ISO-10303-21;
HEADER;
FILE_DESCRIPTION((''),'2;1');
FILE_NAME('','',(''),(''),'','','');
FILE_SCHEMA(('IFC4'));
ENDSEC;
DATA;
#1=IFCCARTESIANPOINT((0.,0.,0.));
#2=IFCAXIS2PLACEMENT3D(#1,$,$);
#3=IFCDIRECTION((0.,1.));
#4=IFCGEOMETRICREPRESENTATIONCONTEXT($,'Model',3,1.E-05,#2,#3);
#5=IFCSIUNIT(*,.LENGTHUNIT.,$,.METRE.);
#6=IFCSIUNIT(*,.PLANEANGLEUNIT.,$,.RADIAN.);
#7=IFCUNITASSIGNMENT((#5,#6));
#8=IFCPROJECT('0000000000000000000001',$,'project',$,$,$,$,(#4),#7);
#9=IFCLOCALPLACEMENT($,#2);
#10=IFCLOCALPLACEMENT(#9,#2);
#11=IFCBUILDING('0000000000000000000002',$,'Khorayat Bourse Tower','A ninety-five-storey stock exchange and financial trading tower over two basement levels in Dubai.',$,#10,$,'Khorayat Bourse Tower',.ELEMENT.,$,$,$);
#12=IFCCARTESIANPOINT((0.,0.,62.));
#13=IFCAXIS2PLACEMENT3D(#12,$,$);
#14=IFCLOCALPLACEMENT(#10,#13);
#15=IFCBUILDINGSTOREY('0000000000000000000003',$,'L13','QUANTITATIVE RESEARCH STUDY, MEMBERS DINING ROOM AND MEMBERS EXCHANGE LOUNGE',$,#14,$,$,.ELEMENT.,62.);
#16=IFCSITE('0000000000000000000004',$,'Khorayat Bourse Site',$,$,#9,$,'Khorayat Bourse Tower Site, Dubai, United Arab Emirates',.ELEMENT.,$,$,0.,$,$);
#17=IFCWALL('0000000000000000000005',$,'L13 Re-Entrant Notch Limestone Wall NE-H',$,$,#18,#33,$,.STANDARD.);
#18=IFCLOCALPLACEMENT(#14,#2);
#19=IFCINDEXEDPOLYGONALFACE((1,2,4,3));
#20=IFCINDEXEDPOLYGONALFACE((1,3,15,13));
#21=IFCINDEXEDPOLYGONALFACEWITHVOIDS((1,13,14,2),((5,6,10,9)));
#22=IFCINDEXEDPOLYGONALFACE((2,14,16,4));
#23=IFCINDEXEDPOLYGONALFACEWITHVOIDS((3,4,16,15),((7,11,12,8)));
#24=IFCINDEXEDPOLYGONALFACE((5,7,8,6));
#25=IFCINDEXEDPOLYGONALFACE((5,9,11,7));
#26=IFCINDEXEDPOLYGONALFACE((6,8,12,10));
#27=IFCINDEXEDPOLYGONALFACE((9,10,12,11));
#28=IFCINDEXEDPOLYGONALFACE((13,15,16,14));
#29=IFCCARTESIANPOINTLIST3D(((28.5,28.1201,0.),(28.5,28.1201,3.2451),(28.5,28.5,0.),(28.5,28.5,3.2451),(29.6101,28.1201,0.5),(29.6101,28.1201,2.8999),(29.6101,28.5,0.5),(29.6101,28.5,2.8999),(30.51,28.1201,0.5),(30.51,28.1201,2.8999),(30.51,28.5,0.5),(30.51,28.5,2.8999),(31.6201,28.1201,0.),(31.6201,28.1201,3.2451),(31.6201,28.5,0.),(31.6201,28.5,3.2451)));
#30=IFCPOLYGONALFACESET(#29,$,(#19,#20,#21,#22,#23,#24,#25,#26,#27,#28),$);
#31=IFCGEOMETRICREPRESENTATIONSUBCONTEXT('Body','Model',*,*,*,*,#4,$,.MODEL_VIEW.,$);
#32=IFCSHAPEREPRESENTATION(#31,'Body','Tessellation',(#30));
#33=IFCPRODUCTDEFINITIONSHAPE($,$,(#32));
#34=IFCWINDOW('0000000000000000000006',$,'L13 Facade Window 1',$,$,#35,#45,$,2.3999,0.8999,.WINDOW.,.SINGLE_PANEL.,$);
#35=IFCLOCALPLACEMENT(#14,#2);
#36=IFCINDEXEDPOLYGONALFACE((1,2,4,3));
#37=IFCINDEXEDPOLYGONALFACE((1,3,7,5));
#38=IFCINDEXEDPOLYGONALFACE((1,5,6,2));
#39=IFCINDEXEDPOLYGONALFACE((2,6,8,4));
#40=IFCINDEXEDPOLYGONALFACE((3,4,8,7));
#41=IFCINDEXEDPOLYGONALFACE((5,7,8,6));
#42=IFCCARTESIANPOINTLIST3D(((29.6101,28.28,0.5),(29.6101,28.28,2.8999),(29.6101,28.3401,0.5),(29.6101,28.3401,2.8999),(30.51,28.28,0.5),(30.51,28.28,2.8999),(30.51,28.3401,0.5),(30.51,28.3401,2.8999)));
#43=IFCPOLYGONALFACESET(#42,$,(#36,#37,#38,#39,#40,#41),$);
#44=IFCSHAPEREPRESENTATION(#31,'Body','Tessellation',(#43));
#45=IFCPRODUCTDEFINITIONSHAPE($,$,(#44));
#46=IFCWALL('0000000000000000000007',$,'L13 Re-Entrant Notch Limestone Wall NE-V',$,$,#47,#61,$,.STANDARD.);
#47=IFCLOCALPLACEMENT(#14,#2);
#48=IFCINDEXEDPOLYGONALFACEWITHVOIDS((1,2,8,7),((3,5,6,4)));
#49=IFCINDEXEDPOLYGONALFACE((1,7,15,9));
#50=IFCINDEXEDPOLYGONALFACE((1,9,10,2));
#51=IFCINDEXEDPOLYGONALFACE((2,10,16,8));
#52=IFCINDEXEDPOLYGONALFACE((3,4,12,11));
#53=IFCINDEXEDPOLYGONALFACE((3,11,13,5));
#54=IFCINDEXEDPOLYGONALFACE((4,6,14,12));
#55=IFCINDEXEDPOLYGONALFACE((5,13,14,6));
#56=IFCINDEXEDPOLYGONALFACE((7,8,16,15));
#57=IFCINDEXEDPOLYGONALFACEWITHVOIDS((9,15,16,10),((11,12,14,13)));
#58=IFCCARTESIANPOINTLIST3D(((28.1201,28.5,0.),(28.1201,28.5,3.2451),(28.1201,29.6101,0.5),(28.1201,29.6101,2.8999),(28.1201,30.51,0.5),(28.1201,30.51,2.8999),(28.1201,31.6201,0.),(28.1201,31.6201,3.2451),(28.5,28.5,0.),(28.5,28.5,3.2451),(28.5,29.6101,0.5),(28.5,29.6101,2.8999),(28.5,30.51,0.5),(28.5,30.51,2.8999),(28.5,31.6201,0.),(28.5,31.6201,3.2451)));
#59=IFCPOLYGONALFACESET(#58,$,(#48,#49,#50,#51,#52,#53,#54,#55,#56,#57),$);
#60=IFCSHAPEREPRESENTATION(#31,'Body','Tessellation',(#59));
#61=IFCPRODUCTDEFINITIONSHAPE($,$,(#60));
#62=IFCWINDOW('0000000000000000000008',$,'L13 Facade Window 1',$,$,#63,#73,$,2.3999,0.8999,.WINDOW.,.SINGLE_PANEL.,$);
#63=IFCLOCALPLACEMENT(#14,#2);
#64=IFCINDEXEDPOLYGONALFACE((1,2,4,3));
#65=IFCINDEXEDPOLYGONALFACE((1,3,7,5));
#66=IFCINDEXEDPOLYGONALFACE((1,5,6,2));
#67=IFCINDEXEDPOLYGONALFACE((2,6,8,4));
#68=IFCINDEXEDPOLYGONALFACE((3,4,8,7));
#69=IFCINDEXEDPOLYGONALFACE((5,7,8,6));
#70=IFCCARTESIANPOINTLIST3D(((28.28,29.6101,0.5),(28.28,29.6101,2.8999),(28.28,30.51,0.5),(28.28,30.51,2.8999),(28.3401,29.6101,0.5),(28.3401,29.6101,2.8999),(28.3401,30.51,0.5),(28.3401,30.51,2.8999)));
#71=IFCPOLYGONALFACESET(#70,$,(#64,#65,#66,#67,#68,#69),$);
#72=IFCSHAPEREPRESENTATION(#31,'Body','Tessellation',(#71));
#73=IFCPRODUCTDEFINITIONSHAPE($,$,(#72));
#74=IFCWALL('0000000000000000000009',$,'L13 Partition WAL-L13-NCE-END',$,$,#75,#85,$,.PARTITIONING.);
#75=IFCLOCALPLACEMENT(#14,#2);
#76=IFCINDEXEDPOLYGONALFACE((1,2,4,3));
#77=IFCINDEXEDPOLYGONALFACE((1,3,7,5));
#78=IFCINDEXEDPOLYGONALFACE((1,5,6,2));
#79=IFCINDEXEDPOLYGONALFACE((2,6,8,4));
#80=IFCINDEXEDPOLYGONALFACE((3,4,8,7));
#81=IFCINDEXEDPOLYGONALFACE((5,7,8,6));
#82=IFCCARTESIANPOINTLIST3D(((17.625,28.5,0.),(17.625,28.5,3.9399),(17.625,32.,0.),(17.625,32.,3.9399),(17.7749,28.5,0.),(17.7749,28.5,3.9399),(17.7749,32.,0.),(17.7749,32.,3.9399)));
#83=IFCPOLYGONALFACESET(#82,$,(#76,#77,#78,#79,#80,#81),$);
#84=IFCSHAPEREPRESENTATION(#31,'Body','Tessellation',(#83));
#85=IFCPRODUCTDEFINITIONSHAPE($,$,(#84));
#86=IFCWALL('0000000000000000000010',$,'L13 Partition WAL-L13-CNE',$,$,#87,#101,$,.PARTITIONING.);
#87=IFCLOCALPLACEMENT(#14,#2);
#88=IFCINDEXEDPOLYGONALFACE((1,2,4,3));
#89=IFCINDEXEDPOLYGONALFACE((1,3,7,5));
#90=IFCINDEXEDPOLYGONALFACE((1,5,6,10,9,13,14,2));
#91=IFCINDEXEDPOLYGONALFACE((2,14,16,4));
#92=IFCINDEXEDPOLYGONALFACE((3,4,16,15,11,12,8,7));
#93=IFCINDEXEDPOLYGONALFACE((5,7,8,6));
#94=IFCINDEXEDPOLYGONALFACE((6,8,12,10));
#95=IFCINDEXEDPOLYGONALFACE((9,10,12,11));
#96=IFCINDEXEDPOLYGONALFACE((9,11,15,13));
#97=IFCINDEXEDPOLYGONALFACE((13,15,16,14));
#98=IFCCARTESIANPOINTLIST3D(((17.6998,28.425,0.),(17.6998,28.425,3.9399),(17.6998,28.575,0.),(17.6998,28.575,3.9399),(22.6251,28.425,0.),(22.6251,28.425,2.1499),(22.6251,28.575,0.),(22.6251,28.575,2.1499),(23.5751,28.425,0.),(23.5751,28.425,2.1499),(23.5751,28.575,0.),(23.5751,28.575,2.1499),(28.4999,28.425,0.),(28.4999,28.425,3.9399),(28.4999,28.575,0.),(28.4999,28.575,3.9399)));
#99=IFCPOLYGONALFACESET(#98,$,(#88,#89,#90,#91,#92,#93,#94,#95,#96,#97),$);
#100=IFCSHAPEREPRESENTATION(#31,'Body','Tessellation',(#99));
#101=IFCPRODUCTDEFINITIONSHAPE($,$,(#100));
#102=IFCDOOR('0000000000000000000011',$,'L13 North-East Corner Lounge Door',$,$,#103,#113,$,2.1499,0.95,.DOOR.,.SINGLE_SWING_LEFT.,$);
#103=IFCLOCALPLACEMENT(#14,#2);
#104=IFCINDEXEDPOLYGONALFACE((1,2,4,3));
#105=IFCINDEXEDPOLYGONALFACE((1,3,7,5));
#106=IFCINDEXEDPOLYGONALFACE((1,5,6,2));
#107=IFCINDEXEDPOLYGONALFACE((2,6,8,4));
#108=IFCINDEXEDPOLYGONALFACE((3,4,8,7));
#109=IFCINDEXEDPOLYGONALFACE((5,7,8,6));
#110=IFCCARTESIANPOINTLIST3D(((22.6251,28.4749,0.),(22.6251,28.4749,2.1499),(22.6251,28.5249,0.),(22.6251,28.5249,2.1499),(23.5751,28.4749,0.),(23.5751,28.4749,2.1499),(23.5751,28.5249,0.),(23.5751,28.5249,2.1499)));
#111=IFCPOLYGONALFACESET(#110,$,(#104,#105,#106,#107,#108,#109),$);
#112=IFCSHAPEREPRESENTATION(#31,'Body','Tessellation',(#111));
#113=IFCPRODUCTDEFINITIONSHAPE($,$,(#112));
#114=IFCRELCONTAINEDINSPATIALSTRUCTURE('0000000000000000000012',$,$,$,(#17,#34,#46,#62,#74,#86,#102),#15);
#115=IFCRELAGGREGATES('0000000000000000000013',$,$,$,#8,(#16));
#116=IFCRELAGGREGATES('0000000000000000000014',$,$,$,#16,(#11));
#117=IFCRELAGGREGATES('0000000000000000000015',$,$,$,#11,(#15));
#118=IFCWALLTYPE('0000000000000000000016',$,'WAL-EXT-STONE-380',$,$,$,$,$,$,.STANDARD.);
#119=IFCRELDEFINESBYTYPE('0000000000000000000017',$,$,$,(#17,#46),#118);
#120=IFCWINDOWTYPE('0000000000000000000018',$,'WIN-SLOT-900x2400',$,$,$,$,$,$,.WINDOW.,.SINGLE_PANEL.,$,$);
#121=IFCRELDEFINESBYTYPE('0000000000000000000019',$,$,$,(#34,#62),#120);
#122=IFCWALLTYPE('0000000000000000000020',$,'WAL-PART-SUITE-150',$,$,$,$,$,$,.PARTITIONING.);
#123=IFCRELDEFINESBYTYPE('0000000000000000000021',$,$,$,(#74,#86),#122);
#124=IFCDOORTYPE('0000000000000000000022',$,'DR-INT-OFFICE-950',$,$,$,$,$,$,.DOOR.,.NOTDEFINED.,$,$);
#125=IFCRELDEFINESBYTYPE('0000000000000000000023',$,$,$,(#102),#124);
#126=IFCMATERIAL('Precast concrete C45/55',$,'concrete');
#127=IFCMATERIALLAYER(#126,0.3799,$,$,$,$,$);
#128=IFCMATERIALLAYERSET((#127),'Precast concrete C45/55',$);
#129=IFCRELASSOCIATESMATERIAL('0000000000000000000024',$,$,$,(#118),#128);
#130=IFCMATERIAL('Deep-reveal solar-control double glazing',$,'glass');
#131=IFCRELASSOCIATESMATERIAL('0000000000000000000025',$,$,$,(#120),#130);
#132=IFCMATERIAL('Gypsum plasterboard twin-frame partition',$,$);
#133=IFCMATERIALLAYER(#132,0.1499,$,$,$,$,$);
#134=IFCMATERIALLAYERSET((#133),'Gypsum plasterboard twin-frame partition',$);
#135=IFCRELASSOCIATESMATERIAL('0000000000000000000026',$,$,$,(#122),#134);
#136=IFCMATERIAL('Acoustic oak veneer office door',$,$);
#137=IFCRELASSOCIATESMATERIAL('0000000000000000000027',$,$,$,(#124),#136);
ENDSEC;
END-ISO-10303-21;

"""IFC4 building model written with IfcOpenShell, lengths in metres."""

from ifc_helpers import new_model, si_unit, direction, frame, frame_2d, origin, place, context, subcontext, project, spatial, rectangle, extrude, source, transform, mapped, material, layer, layer_set, type_object, element, fill, save


model = new_model("IFC4")

# Units and contexts
model_context = context("Model", 3, precision=1e-05, world=origin(), true_north=direction((0.0, 1.0)))
body_context = subcontext(model_context, "Body", "Model", "MODEL_VIEW")
ifc_project = project(units=[si_unit("LENGTHUNIT", "METRE"), si_unit("PLANEANGLEUNIT", "RADIAN")], contexts=[model_context])

# Site, building, storey
site_placement = place(None, origin())
site = spatial("IfcSite", under=ifc_project, at=site_placement, Name="Khorayat Bourse Site", LongName="Khorayat Bourse Tower Site, Dubai, United Arab Emirates", CompositionType="ELEMENT", RefElevation=0.0)
building_placement = place(site_placement, origin())
building = spatial("IfcBuilding", under=site, at=building_placement, Name="Khorayat Bourse Tower", Description="A ninety-five-storey stock exchange and financial trading tower over two basement levels in Dubai.", LongName="Khorayat Bourse Tower", CompositionType="ELEMENT")
storey_placement = place(building_placement, frame((0.0, 0.0, 62.0)))
storey = spatial("IfcBuildingStorey", under=building, at=storey_placement, Name="L13", Description="QUANTITATIVE RESEARCH STUDY, MEMBERS DINING ROOM AND MEMBERS EXCHANGE LOUNGE", CompositionType="ELEMENT", Elevation=62.0)

# Walls, openings, windows
ifc_material_1 = material(Name="Precast concrete C45/55", Category="concrete")
ifc_layer_1 = layer(ifc_material_1, 0.3799)
ifc_layer_set_1 = layer_set([ifc_layer_1], Name="Precast concrete C45/55")
wall_type_1 = type_object("IfcWallType", Name="WAL-EXT-STONE-380", PredefinedType="STANDARD", material=ifc_layer_set_1)
shared_shape_1 = source(origin(), body_context, "Body", "SweptSolid", [
    extrude(rectangle(XDim=3.1201, YDim=0.3799, at=frame_2d((1.5601, 0.0))), origin(), (0.0, 0.0, 1.0), 3.2451),
])
wall_1_placement = place(storey_placement, frame((28.5, 28.3101, 0.0), z_axis=(0.0, 0.0, 1.0), x_axis=(1.0, 0.0, 0.0)))
wall_1 = element("IfcWall", 1, at=wall_1_placement, inside=storey, type_object=wall_type_1, Name="L13 Re-Entrant Notch Limestone Wall NE-H", PredefinedType="STANDARD", context=body_context, shape_type="MappedRepresentation", body=[
    mapped(shared_shape_1, transform((0.0, 0.0, 0.0), scale=1.0)),
])
shared_shape_2 = source(origin(), body_context, "Body", "SweptSolid", [
    extrude(rectangle(XDim=0.8999, YDim=2.3999, at=frame_2d((0.45, 1.2))), frame((0.0, 0.2, 0.0), z_axis=(0.0, -1.0, 0.0), x_axis=(1.0, 0.0, 0.0)), (0.0, 0.0, 1.0), 0.3999),
])
opening_1_placement = place(wall_1_placement, frame((1.1101, 0.0, 0.5)))
opening_1 = element("IfcOpeningElement", 2, at=opening_1_placement, cuts=wall_1, PredefinedType="OPENING", context=body_context, shape_type="MappedRepresentation", body=[
    mapped(shared_shape_2, transform((0.0, 0.0, 0.0), scale=1.0)),
])
ifc_material_2 = material(Name="Deep-reveal solar-control double glazing", Category="glass")
window_type = type_object("IfcWindowType", Name="WIN-SLOT-900x2400", PartitioningType="SINGLE_PANEL", PredefinedType="WINDOW", material=ifc_material_2)
shared_shape_3 = source(origin(), body_context, "Body", "SweptSolid", [
    extrude(rectangle(XDim=0.8999, YDim=2.3999, at=frame_2d((0.45, 1.2))), frame((0.0, 0.03, 0.0), z_axis=(0.0, -1.0, 0.0), x_axis=(1.0, 0.0, 0.0)), (0.0, 0.0, 1.0), 0.0601),
])
window_1_placement = place(opening_1_placement, origin())
window_1 = element("IfcWindow", 3, at=window_1_placement, inside=storey, type_object=window_type, Name="L13 Facade Window 1", OverallHeight=2.3999, OverallWidth=0.8999, PartitioningType="SINGLE_PANEL", PredefinedType="WINDOW", context=body_context, shape_type="MappedRepresentation", body=[
    mapped(shared_shape_3, transform((0.0, 0.0, 0.0), scale=1.0)),
])
fill(opening_1, window_1)
wall_2_placement = place(storey_placement, frame((28.3101, 28.5, 0.0), z_axis=(0.0, 0.0, 1.0), x_axis=(0.0, 1.0, 0.0)))
wall_2 = element("IfcWall", 4, at=wall_2_placement, inside=storey, type_object=wall_type_1, Name="L13 Re-Entrant Notch Limestone Wall NE-V", PredefinedType="STANDARD", context=body_context, shape_type="MappedRepresentation", body=[
    mapped(shared_shape_1, transform((0.0, 0.0, 0.0), scale=1.0)),
])
opening_2_placement = place(wall_2_placement, frame((1.1101, 0.0, 0.5)))
opening_2 = element("IfcOpeningElement", 5, at=opening_2_placement, cuts=wall_2, PredefinedType="OPENING", context=body_context, shape_type="MappedRepresentation", body=[
    mapped(shared_shape_2, transform((0.0, 0.0, 0.0), scale=1.0)),
])
window_2_placement = place(opening_2_placement, origin())
window_2 = element("IfcWindow", 6, at=window_2_placement, inside=storey, type_object=window_type, Name="L13 Facade Window 1", OverallHeight=2.3999, OverallWidth=0.8999, PartitioningType="SINGLE_PANEL", PredefinedType="WINDOW", context=body_context, shape_type="MappedRepresentation", body=[
    mapped(shared_shape_3, transform((0.0, 0.0, 0.0), scale=1.0)),
])
fill(opening_2, window_2)

# Wall
ifc_material_3 = material(Name="Gypsum plasterboard twin-frame partition")
ifc_layer_2 = layer(ifc_material_3, 0.1499)
ifc_layer_set_2 = layer_set([ifc_layer_2], Name="Gypsum plasterboard twin-frame partition")
wall_type_2 = type_object("IfcWallType", Name="WAL-PART-SUITE-150", PredefinedType="PARTITIONING", material=ifc_layer_set_2)
shared_shape_4 = source(origin(), body_context, "Body", "SweptSolid", [
    extrude(rectangle(XDim=3.5, YDim=0.1499, at=frame_2d((1.75, 0.0))), origin(), (0.0, 0.0, 1.0), 3.9399),
])
wall_3_placement = place(storey_placement, frame((17.7, 28.5, 0.0), z_axis=(0.0, 0.0, 1.0), x_axis=(0.0, 1.0, 0.0)))
element("IfcWall", 7, at=wall_3_placement, inside=storey, type_object=wall_type_2, Name="L13 Partition WAL-L13-NCE-END", PredefinedType="PARTITIONING", context=body_context, shape_type="MappedRepresentation", body=[
    mapped(shared_shape_4, transform((0.0, 0.0, 0.0), scale=1.0)),
])

# Wall, opening, door
shared_shape_5 = source(origin(), body_context, "Body", "SweptSolid", [
    extrude(rectangle(XDim=10.8, YDim=0.1499, at=frame_2d((5.3999, 0.0))), origin(), (0.0, 0.0, 1.0), 3.9399),
])
wall_4_placement = place(storey_placement, frame((17.7, 28.5, 0.0), z_axis=(0.0, 0.0, 1.0), x_axis=(1.0, 0.0, 0.0)))
wall_4 = element("IfcWall", 8, at=wall_4_placement, inside=storey, type_object=wall_type_2, Name="L13 Partition WAL-L13-CNE", PredefinedType="PARTITIONING", context=body_context, shape_type="MappedRepresentation", body=[
    mapped(shared_shape_5, transform((0.0, 0.0, 0.0), scale=1.0)),
])
shared_shape_6 = source(origin(), body_context, "Body", "SweptSolid", [
    extrude(rectangle(XDim=0.95, YDim=2.1499, at=frame_2d((0.4751, 1.075))), frame((0.0, 0.085, 0.0), z_axis=(0.0, -1.0, 0.0), x_axis=(1.0, 0.0, 0.0)), (0.0, 0.0, 1.0), 0.1699),
])
opening_3_placement = place(wall_4_placement, frame((4.925, 0.0, 0.0)))
opening_3 = element("IfcOpeningElement", 9, at=opening_3_placement, cuts=wall_4, PredefinedType="OPENING", context=body_context, shape_type="MappedRepresentation", body=[
    mapped(shared_shape_6, transform((0.0, 0.0, 0.0), scale=1.0)),
])
ifc_material_4 = material(Name="Acoustic oak veneer office door")
door_type = type_object("IfcDoorType", Name="DR-INT-OFFICE-950", OperationType="NOTDEFINED", PredefinedType="DOOR", material=ifc_material_4)
shared_shape_7 = source(origin(), body_context, "Body", "SweptSolid", [
    extrude(rectangle(XDim=0.95, YDim=2.1499, at=frame_2d((0.4751, 1.075))), frame((0.0, 0.0249, 0.0), z_axis=(0.0, -1.0, 0.0), x_axis=(1.0, 0.0, 0.0)), (0.0, 0.0, 1.0), 0.05),
])
door_placement = place(opening_3_placement, origin())
door = element("IfcDoor", 10, at=door_placement, inside=storey, type_object=door_type, Name="L13 North-East Corner Lounge Door", OperationType="SINGLE_SWING_LEFT", OverallHeight=2.1499, OverallWidth=0.95, PredefinedType="DOOR", context=body_context, shape_type="MappedRepresentation", body=[
    mapped(shared_shape_7, transform((0.0, 0.0, 0.0), scale=1.0)),
])
fill(opening_3, door)

save(model, "model.ifc")
